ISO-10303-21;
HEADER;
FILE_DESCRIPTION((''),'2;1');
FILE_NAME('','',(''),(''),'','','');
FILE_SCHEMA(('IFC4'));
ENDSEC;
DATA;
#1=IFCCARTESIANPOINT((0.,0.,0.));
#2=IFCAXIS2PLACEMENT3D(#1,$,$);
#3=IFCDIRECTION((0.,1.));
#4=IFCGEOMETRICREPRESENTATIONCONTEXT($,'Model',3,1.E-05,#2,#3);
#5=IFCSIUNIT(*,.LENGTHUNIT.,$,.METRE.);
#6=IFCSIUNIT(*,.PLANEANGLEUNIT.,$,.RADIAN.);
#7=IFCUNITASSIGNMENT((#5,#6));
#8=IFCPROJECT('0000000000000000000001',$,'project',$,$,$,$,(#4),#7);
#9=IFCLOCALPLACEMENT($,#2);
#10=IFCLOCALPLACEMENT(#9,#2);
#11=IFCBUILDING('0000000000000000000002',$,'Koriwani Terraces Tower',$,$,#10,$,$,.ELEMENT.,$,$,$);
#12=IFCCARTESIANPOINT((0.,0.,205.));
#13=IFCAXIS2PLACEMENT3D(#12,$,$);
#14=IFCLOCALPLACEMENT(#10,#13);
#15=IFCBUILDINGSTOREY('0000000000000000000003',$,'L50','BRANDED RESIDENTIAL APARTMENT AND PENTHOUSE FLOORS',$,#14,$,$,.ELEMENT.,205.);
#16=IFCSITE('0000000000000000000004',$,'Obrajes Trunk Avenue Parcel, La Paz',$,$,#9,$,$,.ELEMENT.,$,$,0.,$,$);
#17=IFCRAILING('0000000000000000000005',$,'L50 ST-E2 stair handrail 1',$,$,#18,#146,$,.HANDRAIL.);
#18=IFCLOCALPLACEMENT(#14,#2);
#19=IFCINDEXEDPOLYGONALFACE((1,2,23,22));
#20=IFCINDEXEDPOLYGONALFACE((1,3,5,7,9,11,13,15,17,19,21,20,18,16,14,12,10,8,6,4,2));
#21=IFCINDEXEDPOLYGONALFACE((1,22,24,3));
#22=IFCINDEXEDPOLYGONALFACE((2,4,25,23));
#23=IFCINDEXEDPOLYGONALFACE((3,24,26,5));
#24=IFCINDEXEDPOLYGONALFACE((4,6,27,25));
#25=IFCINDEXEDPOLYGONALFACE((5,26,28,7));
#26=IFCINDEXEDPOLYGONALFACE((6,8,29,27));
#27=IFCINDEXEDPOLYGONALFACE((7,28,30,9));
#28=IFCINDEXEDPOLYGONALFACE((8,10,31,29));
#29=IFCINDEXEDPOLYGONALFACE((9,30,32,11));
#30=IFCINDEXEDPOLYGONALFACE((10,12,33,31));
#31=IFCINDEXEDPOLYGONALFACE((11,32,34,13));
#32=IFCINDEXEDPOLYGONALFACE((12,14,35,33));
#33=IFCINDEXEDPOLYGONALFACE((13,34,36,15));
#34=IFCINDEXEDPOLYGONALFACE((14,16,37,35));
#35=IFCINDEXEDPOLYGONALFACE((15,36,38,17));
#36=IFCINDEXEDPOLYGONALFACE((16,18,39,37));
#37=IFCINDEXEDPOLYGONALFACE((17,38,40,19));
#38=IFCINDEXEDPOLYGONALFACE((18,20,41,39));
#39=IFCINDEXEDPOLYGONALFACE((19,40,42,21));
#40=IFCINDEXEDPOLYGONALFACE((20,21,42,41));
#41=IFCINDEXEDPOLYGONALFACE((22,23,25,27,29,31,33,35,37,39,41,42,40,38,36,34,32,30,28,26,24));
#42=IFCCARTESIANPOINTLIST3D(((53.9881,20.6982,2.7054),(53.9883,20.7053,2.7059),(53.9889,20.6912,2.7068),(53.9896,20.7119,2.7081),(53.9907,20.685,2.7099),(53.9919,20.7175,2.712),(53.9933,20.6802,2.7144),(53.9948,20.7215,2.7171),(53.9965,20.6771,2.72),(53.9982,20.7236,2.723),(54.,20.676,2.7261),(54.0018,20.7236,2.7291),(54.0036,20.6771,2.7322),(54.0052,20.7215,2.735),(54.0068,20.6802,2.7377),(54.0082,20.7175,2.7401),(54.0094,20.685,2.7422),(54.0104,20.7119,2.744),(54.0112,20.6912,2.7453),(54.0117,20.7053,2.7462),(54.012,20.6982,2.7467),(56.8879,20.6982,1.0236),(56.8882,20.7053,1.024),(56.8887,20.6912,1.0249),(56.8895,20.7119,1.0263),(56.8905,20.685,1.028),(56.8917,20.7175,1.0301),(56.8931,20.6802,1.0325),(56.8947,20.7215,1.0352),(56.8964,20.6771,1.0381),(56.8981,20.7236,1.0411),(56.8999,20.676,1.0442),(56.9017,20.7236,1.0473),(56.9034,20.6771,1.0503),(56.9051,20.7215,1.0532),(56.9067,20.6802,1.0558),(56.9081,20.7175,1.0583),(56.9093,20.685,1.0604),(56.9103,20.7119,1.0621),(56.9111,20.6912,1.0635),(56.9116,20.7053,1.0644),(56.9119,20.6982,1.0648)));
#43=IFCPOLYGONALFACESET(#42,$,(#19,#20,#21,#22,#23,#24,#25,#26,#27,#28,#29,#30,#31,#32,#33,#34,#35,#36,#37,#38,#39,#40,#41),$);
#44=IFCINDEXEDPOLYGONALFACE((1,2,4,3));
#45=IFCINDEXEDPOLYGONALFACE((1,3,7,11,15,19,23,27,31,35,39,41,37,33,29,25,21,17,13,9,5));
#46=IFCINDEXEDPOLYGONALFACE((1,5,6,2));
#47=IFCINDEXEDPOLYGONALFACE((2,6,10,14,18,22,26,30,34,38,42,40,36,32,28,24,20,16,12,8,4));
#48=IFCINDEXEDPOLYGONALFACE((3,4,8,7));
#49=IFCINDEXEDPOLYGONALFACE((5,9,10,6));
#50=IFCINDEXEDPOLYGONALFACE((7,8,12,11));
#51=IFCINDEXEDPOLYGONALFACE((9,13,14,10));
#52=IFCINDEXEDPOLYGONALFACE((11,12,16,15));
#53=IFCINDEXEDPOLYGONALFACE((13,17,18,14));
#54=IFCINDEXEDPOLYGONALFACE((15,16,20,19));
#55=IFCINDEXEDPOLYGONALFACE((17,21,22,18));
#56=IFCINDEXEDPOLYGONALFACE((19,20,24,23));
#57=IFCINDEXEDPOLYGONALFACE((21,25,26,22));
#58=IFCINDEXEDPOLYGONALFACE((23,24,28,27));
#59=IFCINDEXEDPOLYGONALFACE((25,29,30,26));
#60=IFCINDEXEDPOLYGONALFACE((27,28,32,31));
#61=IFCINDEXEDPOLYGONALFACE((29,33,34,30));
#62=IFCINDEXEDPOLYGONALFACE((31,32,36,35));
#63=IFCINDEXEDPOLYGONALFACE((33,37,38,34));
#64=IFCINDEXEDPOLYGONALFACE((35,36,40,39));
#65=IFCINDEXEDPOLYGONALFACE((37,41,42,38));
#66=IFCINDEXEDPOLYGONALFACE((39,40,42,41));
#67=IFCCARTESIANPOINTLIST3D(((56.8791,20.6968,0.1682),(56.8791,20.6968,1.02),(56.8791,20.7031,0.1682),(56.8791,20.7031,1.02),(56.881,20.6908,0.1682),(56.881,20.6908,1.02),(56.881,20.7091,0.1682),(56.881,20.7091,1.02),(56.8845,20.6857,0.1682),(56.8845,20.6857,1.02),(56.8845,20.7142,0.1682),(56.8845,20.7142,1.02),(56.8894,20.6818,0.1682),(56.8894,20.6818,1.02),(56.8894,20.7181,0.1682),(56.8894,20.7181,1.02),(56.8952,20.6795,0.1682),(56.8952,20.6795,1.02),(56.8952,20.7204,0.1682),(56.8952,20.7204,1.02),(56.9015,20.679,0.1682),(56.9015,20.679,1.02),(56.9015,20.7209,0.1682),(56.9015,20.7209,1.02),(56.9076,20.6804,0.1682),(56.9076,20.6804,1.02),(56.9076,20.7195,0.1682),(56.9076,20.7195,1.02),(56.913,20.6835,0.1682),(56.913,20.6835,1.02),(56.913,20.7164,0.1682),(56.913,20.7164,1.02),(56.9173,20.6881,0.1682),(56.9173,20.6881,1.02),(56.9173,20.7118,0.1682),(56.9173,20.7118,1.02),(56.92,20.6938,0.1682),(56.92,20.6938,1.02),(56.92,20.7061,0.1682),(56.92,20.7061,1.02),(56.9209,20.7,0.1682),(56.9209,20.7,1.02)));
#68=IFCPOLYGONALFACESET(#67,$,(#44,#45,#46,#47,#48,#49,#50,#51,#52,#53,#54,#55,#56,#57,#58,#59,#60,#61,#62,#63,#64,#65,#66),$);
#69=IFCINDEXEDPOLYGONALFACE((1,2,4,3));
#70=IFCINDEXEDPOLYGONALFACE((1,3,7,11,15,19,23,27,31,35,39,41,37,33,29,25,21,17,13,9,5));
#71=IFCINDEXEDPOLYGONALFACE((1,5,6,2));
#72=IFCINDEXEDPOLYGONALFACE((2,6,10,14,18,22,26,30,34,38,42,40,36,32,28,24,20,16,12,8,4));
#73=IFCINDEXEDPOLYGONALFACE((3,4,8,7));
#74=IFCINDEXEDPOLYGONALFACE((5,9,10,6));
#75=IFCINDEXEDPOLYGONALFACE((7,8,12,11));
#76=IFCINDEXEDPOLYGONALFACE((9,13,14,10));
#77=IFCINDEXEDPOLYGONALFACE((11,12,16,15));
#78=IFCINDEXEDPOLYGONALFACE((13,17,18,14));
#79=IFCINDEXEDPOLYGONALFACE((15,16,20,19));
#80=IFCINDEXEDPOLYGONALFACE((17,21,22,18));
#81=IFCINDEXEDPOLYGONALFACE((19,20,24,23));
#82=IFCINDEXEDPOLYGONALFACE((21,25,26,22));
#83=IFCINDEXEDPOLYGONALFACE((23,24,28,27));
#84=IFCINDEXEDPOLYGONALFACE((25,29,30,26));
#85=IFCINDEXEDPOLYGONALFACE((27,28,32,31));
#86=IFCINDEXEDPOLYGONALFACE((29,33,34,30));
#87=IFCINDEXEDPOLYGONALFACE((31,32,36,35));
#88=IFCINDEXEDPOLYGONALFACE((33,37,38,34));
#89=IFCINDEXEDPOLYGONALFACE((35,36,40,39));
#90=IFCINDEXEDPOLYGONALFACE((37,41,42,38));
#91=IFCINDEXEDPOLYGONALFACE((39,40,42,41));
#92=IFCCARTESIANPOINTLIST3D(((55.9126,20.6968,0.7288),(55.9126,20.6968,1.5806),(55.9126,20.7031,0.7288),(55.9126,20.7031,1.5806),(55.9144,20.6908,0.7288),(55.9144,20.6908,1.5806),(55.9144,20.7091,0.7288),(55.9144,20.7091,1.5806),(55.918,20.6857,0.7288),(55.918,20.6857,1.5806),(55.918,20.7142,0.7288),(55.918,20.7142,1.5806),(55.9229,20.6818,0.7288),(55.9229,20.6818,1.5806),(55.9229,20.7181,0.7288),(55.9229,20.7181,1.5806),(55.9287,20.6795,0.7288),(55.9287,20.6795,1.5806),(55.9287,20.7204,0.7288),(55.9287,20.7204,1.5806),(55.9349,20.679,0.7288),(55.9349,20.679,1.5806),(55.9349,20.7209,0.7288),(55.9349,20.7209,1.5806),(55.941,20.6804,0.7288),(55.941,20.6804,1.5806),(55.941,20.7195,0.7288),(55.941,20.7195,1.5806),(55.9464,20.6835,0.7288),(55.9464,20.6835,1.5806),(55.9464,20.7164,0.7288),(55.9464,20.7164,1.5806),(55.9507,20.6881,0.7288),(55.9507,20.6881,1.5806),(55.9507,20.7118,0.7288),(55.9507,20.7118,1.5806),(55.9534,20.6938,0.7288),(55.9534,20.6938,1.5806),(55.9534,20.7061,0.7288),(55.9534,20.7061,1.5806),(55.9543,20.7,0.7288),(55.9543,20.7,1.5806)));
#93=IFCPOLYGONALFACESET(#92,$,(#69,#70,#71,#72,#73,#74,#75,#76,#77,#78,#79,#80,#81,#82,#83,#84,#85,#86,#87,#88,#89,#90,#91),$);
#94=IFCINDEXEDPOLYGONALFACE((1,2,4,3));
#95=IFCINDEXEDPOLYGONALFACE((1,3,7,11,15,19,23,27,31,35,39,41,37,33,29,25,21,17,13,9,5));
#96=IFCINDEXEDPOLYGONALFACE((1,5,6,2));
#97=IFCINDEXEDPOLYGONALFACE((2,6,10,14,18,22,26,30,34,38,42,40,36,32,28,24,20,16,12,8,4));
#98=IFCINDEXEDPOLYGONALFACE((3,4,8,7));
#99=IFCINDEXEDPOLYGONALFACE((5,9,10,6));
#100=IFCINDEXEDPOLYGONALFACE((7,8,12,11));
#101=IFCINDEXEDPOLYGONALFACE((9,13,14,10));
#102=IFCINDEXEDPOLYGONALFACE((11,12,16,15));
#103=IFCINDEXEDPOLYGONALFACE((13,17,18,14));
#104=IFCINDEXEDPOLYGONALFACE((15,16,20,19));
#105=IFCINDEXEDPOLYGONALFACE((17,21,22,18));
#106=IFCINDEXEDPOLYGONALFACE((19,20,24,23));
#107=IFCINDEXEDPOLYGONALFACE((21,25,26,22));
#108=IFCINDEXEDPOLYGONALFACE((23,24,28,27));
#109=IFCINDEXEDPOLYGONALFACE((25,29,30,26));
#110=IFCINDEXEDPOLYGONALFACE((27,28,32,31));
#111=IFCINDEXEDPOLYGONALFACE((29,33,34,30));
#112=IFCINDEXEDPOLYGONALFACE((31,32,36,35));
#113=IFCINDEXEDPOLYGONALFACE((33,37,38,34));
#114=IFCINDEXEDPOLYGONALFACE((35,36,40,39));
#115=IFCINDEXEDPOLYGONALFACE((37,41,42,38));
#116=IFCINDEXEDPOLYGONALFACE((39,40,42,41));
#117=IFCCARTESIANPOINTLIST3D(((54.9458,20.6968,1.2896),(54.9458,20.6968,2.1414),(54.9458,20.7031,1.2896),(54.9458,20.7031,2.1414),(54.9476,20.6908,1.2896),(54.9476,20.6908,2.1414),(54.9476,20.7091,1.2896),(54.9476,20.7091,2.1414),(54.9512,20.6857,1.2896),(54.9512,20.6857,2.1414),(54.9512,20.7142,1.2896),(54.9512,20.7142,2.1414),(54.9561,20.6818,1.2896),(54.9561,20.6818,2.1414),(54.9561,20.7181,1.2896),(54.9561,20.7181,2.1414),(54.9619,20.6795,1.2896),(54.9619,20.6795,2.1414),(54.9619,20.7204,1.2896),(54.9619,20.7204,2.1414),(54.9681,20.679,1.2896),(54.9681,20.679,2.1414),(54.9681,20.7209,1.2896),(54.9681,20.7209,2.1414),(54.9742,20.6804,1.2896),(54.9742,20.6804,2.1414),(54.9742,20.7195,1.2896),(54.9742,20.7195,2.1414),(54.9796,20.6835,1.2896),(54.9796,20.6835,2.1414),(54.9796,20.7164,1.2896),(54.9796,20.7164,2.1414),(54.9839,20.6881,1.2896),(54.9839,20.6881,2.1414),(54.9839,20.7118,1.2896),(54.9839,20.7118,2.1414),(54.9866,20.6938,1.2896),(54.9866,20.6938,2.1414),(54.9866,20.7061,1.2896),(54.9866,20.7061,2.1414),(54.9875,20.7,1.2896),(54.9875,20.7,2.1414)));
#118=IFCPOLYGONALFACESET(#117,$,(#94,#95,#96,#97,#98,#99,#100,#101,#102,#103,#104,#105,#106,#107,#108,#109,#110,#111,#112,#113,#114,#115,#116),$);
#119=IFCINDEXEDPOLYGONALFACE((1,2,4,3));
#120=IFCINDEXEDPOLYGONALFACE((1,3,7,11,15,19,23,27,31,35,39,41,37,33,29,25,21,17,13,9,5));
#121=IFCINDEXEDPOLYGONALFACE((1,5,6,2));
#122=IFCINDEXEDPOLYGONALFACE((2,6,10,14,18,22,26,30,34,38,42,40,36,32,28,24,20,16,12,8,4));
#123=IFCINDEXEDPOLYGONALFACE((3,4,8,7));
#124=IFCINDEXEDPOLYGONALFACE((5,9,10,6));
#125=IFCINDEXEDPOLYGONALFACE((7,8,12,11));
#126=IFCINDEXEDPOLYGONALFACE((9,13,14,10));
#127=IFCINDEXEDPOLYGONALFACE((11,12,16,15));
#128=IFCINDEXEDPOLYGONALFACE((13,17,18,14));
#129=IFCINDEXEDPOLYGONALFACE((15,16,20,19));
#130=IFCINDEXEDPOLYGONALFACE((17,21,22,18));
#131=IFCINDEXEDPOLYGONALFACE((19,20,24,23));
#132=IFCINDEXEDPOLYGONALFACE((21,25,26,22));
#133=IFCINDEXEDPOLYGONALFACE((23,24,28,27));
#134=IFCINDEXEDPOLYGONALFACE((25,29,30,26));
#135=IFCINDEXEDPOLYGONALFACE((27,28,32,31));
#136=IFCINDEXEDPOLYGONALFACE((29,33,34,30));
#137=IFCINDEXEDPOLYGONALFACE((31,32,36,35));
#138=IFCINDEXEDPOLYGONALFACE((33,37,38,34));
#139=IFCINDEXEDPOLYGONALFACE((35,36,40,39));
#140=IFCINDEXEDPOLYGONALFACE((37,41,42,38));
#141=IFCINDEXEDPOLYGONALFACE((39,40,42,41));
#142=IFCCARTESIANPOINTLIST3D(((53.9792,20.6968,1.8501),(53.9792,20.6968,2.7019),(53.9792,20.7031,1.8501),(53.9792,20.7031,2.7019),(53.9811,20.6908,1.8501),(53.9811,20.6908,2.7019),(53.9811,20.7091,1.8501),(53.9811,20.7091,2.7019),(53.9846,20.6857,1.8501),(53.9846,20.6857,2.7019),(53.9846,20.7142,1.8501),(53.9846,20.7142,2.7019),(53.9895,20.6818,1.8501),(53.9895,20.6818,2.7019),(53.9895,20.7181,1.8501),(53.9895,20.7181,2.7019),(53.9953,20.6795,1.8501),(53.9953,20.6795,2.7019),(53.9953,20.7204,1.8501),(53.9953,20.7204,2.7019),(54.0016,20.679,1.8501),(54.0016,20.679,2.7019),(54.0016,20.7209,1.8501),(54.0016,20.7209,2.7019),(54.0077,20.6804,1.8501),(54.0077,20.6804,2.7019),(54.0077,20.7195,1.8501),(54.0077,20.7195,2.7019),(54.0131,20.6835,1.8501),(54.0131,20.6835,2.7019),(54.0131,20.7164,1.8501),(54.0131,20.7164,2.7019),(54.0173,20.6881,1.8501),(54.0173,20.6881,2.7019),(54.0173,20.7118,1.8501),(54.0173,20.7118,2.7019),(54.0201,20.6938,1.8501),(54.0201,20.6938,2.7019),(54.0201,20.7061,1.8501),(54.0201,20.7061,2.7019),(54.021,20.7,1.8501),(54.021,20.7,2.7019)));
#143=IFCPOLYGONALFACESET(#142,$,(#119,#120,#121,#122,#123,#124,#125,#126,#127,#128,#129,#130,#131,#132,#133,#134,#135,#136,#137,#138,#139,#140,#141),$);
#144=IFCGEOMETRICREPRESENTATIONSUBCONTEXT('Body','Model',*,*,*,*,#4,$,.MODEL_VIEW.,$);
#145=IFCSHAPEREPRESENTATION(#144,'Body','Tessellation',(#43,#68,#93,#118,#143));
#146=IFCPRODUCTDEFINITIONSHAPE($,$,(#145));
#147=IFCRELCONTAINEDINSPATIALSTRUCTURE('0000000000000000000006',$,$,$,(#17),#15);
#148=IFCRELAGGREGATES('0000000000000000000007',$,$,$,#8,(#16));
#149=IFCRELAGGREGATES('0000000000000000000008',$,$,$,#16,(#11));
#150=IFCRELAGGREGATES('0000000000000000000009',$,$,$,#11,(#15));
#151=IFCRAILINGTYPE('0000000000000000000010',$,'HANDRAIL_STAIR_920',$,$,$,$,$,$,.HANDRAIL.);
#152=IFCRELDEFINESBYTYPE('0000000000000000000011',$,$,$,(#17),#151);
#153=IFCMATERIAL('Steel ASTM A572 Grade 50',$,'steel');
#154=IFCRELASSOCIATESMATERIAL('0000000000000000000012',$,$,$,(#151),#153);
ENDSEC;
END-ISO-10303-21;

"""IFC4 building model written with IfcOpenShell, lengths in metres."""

from ifc_helpers import new_model, si_unit, direction, frame, origin, origin_2d, place, context, subcontext, project, spatial, circle, extrude, material, type_object, element, save


model = new_model("IFC4")

# Units and contexts
model_context = context("Model", 3, precision=1e-05, world=origin(), true_north=direction((0.0, 1.0)))
body_context = subcontext(model_context, "Body", "Model", "MODEL_VIEW")
ifc_project = project(units=[si_unit("LENGTHUNIT", "METRE"), si_unit("PLANEANGLEUNIT", "RADIAN")], contexts=[model_context])

# Site, building, storey
site_placement = place(None, origin())
site = spatial("IfcSite", under=ifc_project, at=site_placement, Name="Obrajes Trunk Avenue Parcel, La Paz", CompositionType="ELEMENT", RefElevation=0.0)
building_placement = place(site_placement, origin())
building = spatial("IfcBuilding", under=site, at=building_placement, Name="Koriwani Terraces Tower", CompositionType="ELEMENT")
storey_placement = place(building_placement, frame((0.0, 0.0, 205.0)))
storey = spatial("IfcBuildingStorey", under=building, at=storey_placement, Name="L50", Description="BRANDED RESIDENTIAL APARTMENT AND PENTHOUSE FLOORS", CompositionType="ELEMENT", Elevation=205.0)

# Shared definitions
ifc_material_1 = material(Name="Steel ASTM A572 Grade 50", Category="steel")

# Railing
railing_type_1 = type_object("IfcRailingType", Name="HANDRAIL_STAIR_920", PredefinedType="HANDRAIL", material=ifc_material_1)
railing_1_placement = place(storey_placement, frame((56.8999, 20.7, 0.1682)))
element("IfcRailing", 1, at=railing_1_placement, inside=storey, type_object=railing_type_1, Name="L50 ST-E2 stair handrail 1", PredefinedType="HANDRAIL", context=body_context, shape_type="SweptSolid", body=[
    extrude(circle(Radius=0.0239, at=origin_2d()), frame((0.0, 0.0, 0.876), z_axis=(-0.865039, 0.0, 0.501705), x_axis=(0.0, -1.0, 0.0)), (0.0, 0.0, 1.0), 3.3523),
    extrude(circle(Radius=0.021, at=origin_2d()), origin(), (0.0, 0.0, 1.0), 0.8518),
    extrude(circle(Radius=0.021, at=origin_2d()), frame((-0.9666, 0.0, 0.5605)), (0.0, 0.0, 1.0), 0.8518),
    extrude(circle(Radius=0.021, at=origin_2d()), frame((-1.9333, 0.0, 1.1213)), (0.0, 0.0, 1.0), 0.8518),
    extrude(circle(Radius=0.021, at=origin_2d()), frame((-2.8999, 0.0, 1.6819)), (0.0, 0.0, 1.0), 0.8518),
])

save(model, "model.ifc")
